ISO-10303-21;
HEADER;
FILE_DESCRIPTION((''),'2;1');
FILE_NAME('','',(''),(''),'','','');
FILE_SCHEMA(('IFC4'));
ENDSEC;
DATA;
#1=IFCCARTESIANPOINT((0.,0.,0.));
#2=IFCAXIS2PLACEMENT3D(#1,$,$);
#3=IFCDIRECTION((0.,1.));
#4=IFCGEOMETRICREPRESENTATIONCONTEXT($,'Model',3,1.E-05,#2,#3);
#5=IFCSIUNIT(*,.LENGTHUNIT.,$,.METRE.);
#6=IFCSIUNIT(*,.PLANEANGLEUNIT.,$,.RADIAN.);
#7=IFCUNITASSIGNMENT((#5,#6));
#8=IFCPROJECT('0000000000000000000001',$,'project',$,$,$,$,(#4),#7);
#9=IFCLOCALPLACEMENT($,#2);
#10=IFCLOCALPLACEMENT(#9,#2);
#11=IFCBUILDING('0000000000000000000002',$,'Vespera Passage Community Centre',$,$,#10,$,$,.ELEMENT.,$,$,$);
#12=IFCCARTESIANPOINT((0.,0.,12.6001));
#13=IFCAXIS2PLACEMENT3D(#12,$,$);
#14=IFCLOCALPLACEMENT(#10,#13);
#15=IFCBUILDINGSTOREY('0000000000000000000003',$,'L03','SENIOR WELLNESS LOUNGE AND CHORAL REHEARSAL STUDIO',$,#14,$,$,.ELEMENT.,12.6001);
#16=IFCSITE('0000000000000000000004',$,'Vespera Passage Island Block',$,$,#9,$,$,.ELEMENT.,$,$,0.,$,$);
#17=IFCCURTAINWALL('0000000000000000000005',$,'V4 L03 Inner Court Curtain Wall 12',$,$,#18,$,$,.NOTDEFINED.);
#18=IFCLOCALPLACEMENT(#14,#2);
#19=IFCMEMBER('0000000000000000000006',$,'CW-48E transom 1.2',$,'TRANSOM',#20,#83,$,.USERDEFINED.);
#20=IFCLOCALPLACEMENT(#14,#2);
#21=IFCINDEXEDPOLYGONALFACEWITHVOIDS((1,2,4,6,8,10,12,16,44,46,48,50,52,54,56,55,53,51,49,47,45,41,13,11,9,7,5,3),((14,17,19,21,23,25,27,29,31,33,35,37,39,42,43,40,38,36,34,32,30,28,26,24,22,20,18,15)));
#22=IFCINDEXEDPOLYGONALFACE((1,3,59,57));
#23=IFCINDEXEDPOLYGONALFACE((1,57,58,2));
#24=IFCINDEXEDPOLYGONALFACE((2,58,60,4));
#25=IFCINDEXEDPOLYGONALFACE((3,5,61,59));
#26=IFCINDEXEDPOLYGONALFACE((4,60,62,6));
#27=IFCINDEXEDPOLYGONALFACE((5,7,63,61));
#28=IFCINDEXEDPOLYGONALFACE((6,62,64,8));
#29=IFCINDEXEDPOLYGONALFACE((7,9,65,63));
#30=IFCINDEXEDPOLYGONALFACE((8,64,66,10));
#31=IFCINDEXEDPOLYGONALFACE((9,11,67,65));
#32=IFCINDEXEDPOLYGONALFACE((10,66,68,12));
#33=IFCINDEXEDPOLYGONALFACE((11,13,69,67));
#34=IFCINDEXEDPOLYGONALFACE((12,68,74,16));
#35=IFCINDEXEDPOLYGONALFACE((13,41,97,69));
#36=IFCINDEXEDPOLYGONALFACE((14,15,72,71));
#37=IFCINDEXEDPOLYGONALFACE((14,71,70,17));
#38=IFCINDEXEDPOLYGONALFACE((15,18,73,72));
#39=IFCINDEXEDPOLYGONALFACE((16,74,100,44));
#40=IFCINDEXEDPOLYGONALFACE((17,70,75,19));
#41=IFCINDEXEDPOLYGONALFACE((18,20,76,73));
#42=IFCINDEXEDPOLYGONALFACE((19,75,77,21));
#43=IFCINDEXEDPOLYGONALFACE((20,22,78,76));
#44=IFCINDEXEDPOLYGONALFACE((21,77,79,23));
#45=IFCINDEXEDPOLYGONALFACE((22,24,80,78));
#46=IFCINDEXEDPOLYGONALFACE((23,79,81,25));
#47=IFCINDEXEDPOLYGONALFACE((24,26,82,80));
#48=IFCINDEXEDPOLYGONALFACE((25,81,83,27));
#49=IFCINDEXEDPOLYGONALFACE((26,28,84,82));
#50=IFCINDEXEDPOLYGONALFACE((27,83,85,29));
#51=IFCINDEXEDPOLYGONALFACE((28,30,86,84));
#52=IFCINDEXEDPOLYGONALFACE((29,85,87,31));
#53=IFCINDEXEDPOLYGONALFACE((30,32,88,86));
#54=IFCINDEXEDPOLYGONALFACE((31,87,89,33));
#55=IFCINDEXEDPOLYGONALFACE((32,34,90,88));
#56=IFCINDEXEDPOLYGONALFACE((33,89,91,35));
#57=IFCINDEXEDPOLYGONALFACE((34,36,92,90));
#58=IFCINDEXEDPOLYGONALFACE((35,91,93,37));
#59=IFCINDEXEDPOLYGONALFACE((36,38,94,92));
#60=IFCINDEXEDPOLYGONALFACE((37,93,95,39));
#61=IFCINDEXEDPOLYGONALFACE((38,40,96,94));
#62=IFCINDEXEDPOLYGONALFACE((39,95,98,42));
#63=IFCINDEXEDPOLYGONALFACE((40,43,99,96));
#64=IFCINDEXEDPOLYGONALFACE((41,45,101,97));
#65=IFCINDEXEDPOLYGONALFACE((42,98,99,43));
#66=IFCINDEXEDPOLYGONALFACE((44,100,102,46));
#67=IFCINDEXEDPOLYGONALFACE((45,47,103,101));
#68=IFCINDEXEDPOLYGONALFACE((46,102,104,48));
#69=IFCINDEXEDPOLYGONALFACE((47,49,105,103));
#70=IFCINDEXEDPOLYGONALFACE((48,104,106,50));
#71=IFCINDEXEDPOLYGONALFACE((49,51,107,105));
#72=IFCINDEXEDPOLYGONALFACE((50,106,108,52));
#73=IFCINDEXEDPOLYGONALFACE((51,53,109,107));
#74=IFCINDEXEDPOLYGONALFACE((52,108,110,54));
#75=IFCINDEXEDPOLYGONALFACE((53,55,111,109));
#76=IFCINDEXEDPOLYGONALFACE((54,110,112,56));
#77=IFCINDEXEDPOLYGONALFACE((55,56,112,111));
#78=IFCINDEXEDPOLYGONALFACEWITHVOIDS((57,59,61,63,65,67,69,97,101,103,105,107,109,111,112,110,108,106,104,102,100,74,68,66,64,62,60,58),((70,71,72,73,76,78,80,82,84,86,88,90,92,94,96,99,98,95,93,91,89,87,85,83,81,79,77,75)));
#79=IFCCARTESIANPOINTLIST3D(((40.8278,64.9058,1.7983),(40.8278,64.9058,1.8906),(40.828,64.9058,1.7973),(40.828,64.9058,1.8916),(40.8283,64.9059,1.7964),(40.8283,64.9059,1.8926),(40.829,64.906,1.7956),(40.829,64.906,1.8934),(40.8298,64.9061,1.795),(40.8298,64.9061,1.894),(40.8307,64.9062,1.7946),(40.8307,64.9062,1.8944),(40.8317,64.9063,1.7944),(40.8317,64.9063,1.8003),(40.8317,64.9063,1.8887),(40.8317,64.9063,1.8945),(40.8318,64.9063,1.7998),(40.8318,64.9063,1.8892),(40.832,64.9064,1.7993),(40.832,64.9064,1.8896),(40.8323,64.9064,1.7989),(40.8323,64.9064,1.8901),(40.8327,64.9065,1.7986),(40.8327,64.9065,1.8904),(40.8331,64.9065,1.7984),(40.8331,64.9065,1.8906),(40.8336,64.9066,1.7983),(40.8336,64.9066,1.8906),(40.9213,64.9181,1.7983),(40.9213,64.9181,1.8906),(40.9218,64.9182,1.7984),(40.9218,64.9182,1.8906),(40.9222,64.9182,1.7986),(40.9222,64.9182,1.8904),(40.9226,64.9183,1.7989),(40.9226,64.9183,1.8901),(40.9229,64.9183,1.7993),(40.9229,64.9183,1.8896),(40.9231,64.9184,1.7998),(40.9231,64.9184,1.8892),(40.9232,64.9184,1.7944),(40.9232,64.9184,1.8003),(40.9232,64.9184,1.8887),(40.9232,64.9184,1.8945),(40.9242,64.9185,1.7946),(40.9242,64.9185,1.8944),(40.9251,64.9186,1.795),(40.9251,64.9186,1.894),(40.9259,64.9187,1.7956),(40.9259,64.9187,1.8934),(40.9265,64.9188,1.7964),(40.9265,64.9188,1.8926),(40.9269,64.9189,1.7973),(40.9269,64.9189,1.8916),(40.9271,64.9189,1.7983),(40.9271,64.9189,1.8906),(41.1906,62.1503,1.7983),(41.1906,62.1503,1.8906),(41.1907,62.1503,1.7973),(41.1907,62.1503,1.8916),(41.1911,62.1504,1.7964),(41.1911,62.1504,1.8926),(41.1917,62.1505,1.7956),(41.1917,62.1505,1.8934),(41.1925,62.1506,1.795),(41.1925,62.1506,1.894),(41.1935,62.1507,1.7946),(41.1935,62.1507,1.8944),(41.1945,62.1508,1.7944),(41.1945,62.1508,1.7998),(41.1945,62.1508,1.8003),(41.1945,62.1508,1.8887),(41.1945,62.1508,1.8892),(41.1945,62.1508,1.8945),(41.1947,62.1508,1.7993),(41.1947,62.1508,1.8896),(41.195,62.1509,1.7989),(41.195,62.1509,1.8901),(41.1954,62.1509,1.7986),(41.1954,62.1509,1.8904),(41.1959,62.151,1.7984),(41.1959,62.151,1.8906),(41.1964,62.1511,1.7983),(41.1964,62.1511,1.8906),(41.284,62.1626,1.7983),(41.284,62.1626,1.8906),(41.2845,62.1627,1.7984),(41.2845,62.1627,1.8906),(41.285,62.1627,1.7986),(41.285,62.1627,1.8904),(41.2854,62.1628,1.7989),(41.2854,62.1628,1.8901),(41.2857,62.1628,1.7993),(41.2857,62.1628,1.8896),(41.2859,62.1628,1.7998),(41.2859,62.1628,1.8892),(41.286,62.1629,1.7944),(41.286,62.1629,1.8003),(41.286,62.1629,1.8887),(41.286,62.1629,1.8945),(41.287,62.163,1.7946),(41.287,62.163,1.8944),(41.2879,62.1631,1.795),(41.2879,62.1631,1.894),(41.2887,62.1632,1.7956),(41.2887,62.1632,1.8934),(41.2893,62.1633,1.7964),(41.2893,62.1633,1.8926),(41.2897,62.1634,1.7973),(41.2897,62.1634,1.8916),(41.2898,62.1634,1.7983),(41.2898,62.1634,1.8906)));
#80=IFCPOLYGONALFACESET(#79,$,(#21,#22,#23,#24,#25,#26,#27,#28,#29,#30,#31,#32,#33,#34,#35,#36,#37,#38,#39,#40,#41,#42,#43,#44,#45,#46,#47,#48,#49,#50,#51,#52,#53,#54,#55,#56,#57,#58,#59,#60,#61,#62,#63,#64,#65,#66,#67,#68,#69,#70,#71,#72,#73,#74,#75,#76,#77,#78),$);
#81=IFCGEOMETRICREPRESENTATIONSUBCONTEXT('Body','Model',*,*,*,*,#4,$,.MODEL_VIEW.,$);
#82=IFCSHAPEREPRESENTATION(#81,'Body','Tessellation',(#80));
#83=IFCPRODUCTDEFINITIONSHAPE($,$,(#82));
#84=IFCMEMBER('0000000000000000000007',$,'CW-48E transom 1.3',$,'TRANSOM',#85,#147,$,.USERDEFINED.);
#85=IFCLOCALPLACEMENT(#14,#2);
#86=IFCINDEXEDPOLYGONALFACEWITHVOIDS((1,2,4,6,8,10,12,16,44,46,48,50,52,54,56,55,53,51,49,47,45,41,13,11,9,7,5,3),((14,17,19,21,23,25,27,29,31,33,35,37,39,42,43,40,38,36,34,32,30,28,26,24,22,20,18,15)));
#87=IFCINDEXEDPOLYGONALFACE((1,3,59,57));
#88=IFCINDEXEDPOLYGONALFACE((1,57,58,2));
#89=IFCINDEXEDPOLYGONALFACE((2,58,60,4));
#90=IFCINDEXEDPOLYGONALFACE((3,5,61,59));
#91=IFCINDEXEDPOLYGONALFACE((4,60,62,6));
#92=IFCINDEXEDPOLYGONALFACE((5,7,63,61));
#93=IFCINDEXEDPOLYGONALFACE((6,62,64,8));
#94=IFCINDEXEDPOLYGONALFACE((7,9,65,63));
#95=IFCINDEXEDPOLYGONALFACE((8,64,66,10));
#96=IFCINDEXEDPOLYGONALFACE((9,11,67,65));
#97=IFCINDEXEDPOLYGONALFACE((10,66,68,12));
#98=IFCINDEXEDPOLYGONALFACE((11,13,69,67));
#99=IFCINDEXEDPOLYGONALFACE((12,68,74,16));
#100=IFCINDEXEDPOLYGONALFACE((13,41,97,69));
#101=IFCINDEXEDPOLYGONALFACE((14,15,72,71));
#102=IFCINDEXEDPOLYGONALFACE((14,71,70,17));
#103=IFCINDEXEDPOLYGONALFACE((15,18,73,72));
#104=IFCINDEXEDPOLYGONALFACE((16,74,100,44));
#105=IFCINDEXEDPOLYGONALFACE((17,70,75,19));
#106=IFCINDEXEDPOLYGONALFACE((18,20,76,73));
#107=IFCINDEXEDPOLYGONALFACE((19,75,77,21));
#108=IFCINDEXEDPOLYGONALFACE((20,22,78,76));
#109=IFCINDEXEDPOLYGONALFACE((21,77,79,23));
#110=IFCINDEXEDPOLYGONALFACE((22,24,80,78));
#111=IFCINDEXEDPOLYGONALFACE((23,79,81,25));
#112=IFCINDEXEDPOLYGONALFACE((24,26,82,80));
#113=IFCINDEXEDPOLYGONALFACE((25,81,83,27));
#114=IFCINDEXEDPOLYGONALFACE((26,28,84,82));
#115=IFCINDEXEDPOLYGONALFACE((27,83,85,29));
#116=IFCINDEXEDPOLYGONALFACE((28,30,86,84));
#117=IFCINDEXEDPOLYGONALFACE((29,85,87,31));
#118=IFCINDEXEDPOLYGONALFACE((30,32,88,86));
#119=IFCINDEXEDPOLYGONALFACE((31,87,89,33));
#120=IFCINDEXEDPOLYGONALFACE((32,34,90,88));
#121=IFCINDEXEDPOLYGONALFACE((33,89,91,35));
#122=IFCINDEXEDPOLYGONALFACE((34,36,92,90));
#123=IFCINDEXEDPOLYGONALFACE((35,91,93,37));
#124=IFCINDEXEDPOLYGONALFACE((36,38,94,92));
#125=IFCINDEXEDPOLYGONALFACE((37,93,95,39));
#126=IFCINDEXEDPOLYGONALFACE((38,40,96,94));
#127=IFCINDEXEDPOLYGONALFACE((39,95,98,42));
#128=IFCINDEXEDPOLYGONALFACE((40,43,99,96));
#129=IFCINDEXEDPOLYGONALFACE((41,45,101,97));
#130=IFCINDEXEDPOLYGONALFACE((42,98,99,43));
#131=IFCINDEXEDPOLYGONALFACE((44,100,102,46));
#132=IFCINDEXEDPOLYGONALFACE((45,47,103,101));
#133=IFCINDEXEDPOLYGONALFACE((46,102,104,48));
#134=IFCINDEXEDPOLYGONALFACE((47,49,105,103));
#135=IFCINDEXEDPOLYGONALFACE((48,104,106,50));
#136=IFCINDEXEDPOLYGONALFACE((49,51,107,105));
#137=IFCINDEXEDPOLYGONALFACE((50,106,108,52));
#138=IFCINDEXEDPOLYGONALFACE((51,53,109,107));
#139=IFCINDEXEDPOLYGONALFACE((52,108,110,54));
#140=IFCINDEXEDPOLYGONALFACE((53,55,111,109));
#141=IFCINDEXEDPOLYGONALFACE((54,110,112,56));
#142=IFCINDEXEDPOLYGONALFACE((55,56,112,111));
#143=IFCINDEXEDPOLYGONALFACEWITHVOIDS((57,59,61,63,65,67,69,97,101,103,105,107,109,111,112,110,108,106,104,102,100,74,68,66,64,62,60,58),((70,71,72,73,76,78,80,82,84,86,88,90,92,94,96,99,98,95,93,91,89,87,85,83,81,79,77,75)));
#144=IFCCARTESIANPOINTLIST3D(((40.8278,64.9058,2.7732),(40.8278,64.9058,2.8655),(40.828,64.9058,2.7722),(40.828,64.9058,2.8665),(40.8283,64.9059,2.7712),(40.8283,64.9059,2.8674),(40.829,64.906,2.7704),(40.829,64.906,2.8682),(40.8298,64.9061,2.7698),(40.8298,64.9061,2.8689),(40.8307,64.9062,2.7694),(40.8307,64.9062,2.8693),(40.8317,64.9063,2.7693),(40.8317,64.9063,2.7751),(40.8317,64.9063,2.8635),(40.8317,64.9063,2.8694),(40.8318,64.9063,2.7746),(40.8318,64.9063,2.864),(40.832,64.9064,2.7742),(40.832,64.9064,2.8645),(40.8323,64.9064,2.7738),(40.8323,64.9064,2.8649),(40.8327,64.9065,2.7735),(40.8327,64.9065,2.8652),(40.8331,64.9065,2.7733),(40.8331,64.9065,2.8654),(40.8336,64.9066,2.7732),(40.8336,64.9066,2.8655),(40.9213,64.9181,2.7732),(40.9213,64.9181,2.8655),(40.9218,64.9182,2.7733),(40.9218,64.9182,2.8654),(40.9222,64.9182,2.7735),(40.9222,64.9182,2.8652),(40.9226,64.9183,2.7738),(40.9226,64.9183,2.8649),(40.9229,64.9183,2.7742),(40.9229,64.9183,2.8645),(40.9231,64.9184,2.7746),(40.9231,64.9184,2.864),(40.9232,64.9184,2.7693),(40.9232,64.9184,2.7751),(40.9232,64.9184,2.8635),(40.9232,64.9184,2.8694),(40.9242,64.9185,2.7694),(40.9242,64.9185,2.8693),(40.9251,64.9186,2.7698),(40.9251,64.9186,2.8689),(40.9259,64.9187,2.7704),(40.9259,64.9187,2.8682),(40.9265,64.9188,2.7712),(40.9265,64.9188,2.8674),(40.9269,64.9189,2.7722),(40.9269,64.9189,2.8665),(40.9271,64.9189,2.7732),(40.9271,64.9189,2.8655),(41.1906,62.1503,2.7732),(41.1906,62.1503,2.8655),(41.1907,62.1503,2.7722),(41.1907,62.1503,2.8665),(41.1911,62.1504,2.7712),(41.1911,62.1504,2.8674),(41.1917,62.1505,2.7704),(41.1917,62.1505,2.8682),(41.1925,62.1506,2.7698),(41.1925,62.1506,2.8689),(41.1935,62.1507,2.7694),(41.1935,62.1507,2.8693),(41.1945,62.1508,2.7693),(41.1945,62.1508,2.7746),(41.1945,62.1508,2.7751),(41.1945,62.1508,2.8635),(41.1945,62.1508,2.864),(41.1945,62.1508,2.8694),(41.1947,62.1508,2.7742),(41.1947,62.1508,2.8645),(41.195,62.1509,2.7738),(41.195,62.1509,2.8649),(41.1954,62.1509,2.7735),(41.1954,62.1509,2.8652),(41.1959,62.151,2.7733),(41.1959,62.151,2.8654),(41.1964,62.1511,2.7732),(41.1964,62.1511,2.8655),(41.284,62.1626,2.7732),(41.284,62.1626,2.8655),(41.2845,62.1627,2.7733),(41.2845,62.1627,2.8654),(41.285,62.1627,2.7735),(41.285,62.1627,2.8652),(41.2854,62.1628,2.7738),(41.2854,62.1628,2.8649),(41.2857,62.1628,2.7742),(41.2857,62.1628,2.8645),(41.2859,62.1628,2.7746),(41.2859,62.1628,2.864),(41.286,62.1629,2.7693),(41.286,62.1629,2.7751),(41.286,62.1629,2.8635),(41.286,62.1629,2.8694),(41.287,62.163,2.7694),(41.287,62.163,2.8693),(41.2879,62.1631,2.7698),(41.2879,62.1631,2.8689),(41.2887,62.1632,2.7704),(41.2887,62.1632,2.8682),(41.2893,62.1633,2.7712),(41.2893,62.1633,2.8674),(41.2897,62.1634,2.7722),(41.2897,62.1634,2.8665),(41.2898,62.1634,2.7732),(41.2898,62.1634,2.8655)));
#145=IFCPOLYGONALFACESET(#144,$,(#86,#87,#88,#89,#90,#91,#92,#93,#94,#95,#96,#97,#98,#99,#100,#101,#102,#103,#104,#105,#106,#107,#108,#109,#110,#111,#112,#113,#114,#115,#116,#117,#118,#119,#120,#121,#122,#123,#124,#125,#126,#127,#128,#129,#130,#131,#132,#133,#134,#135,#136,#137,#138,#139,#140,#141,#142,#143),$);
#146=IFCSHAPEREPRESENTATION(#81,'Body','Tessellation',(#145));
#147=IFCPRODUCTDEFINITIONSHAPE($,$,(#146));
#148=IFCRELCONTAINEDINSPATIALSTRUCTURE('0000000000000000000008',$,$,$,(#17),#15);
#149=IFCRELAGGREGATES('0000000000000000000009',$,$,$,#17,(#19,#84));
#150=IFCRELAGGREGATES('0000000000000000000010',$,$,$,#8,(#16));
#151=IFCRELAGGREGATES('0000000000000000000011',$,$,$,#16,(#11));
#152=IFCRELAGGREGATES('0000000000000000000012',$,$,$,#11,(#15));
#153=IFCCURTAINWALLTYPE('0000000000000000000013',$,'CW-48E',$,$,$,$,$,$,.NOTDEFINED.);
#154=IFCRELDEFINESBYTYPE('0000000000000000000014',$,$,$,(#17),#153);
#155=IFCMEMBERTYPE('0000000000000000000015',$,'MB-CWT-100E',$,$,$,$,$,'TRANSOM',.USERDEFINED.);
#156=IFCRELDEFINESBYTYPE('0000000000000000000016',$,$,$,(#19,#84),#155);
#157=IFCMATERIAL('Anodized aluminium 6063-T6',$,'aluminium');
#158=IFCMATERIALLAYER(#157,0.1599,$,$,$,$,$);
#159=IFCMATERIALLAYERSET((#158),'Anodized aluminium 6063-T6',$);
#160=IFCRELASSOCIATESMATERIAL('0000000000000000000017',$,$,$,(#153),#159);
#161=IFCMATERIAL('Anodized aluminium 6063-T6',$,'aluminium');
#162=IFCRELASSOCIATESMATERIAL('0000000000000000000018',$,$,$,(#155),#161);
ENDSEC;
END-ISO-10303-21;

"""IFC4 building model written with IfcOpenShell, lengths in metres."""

from ifc_helpers import new_model, si_unit, direction, frame, origin, origin_2d, place, context, subcontext, project, spatial, hollow_rectangle, extrude, material, layer, layer_set, material_profile, profile_set, type_object, element, aggregate, save


model = new_model("IFC4")

# Units and contexts
model_context = context("Model", 3, precision=1e-05, world=origin(), true_north=direction((0.0, 1.0)))
body_context = subcontext(model_context, "Body", "Model", "MODEL_VIEW")
ifc_project = project(units=[si_unit("LENGTHUNIT", "METRE"), si_unit("PLANEANGLEUNIT", "RADIAN")], contexts=[model_context])

# Site, building, storey
site_placement = place(None, origin())
site = spatial("IfcSite", under=ifc_project, at=site_placement, Name="Vespera Passage Island Block", CompositionType="ELEMENT", RefElevation=0.0)
building_placement = place(site_placement, origin())
building = spatial("IfcBuilding", under=site, at=building_placement, Name="Vespera Passage Community Centre", CompositionType="ELEMENT")
storey_placement = place(building_placement, frame((0.0, 0.0, 12.6001)))
storey = spatial("IfcBuildingStorey", under=building, at=storey_placement, Name="L03", Description="SENIOR WELLNESS LOUNGE AND CHORAL REHEARSAL STUDIO", CompositionType="ELEMENT", Elevation=12.6001)

# Curtain wall, members
ifc_material_1 = material(Name="Anodized aluminium 6063-T6", Category="aluminium")
ifc_layer_1 = layer(ifc_material_1, 0.1599)
ifc_layer_set_1 = layer_set([ifc_layer_1], Name="Anodized aluminium 6063-T6")
curtain_wall_type_1 = type_object("IfcCurtainWallType", Name="CW-48E", PredefinedType="NOTDEFINED", material=ifc_layer_set_1)
curtain_wall_1_placement = place(storey_placement, origin())
curtain_wall_1 = element("IfcCurtainWall", 1, at=curtain_wall_1_placement, inside=storey, type_object=curtain_wall_type_1, Name="V4 L03 Inner Court Curtain Wall 12", PredefinedType="NOTDEFINED")
ifc_material_2 = material(Name="Anodized aluminium 6063-T6", Category="aluminium")
ifc_material_profile_1 = material_profile(ifc_material_2, hollow_rectangle(XDim=0.1001, YDim=0.1001, WallThickness=0.0039, InnerFilletRadius=0.002, OuterFilletRadius=0.0039, at=origin_2d()), Name="ALU100X100X4")
ifc_profile_set_1 = profile_set([ifc_material_profile_1], Name="Anodized aluminium 6063-T6")
member_type_1 = type_object("IfcMemberType", Name="MB-CWT-100E", ElementType="TRANSOM", PredefinedType="USERDEFINED", material=ifc_profile_set_1)
member_1_placement = place(storey_placement, frame((40.8774, 64.9124, 1.8445), z_axis=(0.130529, -0.991444, 0.0), x_axis=(0.991444, 0.130529, 0.0)))
member_1 = element("IfcMember", 2, at=member_1_placement, type_object=member_type_1, Name="CW-48E transom 1.2", ObjectType="TRANSOM", PredefinedType="USERDEFINED", context=body_context, shape_type="SweptSolid", body=[
    extrude(hollow_rectangle(XDim=0.1001, YDim=0.1001, WallThickness=0.0039, InnerFilletRadius=0.002, OuterFilletRadius=0.0039, at=origin_2d()), origin(), (0.0, 0.0, 1.0), 2.7793),
])
member_2_placement = place(storey_placement, frame((40.8774, 64.9124, 2.8193), z_axis=(0.130529, -0.991444, 0.0), x_axis=(0.991444, 0.130529, 0.0)))
member_2 = element("IfcMember", 3, at=member_2_placement, type_object=member_type_1, Name="CW-48E transom 1.3", ObjectType="TRANSOM", PredefinedType="USERDEFINED", context=body_context, shape_type="SweptSolid", body=[
    extrude(hollow_rectangle(XDim=0.1001, YDim=0.1001, WallThickness=0.0039, InnerFilletRadius=0.002, OuterFilletRadius=0.0039, at=origin_2d()), origin(), (0.0, 0.0, 1.0), 2.7793),
])

aggregate(curtain_wall_1, [member_1, member_2])

save(model, "model.ifc")
